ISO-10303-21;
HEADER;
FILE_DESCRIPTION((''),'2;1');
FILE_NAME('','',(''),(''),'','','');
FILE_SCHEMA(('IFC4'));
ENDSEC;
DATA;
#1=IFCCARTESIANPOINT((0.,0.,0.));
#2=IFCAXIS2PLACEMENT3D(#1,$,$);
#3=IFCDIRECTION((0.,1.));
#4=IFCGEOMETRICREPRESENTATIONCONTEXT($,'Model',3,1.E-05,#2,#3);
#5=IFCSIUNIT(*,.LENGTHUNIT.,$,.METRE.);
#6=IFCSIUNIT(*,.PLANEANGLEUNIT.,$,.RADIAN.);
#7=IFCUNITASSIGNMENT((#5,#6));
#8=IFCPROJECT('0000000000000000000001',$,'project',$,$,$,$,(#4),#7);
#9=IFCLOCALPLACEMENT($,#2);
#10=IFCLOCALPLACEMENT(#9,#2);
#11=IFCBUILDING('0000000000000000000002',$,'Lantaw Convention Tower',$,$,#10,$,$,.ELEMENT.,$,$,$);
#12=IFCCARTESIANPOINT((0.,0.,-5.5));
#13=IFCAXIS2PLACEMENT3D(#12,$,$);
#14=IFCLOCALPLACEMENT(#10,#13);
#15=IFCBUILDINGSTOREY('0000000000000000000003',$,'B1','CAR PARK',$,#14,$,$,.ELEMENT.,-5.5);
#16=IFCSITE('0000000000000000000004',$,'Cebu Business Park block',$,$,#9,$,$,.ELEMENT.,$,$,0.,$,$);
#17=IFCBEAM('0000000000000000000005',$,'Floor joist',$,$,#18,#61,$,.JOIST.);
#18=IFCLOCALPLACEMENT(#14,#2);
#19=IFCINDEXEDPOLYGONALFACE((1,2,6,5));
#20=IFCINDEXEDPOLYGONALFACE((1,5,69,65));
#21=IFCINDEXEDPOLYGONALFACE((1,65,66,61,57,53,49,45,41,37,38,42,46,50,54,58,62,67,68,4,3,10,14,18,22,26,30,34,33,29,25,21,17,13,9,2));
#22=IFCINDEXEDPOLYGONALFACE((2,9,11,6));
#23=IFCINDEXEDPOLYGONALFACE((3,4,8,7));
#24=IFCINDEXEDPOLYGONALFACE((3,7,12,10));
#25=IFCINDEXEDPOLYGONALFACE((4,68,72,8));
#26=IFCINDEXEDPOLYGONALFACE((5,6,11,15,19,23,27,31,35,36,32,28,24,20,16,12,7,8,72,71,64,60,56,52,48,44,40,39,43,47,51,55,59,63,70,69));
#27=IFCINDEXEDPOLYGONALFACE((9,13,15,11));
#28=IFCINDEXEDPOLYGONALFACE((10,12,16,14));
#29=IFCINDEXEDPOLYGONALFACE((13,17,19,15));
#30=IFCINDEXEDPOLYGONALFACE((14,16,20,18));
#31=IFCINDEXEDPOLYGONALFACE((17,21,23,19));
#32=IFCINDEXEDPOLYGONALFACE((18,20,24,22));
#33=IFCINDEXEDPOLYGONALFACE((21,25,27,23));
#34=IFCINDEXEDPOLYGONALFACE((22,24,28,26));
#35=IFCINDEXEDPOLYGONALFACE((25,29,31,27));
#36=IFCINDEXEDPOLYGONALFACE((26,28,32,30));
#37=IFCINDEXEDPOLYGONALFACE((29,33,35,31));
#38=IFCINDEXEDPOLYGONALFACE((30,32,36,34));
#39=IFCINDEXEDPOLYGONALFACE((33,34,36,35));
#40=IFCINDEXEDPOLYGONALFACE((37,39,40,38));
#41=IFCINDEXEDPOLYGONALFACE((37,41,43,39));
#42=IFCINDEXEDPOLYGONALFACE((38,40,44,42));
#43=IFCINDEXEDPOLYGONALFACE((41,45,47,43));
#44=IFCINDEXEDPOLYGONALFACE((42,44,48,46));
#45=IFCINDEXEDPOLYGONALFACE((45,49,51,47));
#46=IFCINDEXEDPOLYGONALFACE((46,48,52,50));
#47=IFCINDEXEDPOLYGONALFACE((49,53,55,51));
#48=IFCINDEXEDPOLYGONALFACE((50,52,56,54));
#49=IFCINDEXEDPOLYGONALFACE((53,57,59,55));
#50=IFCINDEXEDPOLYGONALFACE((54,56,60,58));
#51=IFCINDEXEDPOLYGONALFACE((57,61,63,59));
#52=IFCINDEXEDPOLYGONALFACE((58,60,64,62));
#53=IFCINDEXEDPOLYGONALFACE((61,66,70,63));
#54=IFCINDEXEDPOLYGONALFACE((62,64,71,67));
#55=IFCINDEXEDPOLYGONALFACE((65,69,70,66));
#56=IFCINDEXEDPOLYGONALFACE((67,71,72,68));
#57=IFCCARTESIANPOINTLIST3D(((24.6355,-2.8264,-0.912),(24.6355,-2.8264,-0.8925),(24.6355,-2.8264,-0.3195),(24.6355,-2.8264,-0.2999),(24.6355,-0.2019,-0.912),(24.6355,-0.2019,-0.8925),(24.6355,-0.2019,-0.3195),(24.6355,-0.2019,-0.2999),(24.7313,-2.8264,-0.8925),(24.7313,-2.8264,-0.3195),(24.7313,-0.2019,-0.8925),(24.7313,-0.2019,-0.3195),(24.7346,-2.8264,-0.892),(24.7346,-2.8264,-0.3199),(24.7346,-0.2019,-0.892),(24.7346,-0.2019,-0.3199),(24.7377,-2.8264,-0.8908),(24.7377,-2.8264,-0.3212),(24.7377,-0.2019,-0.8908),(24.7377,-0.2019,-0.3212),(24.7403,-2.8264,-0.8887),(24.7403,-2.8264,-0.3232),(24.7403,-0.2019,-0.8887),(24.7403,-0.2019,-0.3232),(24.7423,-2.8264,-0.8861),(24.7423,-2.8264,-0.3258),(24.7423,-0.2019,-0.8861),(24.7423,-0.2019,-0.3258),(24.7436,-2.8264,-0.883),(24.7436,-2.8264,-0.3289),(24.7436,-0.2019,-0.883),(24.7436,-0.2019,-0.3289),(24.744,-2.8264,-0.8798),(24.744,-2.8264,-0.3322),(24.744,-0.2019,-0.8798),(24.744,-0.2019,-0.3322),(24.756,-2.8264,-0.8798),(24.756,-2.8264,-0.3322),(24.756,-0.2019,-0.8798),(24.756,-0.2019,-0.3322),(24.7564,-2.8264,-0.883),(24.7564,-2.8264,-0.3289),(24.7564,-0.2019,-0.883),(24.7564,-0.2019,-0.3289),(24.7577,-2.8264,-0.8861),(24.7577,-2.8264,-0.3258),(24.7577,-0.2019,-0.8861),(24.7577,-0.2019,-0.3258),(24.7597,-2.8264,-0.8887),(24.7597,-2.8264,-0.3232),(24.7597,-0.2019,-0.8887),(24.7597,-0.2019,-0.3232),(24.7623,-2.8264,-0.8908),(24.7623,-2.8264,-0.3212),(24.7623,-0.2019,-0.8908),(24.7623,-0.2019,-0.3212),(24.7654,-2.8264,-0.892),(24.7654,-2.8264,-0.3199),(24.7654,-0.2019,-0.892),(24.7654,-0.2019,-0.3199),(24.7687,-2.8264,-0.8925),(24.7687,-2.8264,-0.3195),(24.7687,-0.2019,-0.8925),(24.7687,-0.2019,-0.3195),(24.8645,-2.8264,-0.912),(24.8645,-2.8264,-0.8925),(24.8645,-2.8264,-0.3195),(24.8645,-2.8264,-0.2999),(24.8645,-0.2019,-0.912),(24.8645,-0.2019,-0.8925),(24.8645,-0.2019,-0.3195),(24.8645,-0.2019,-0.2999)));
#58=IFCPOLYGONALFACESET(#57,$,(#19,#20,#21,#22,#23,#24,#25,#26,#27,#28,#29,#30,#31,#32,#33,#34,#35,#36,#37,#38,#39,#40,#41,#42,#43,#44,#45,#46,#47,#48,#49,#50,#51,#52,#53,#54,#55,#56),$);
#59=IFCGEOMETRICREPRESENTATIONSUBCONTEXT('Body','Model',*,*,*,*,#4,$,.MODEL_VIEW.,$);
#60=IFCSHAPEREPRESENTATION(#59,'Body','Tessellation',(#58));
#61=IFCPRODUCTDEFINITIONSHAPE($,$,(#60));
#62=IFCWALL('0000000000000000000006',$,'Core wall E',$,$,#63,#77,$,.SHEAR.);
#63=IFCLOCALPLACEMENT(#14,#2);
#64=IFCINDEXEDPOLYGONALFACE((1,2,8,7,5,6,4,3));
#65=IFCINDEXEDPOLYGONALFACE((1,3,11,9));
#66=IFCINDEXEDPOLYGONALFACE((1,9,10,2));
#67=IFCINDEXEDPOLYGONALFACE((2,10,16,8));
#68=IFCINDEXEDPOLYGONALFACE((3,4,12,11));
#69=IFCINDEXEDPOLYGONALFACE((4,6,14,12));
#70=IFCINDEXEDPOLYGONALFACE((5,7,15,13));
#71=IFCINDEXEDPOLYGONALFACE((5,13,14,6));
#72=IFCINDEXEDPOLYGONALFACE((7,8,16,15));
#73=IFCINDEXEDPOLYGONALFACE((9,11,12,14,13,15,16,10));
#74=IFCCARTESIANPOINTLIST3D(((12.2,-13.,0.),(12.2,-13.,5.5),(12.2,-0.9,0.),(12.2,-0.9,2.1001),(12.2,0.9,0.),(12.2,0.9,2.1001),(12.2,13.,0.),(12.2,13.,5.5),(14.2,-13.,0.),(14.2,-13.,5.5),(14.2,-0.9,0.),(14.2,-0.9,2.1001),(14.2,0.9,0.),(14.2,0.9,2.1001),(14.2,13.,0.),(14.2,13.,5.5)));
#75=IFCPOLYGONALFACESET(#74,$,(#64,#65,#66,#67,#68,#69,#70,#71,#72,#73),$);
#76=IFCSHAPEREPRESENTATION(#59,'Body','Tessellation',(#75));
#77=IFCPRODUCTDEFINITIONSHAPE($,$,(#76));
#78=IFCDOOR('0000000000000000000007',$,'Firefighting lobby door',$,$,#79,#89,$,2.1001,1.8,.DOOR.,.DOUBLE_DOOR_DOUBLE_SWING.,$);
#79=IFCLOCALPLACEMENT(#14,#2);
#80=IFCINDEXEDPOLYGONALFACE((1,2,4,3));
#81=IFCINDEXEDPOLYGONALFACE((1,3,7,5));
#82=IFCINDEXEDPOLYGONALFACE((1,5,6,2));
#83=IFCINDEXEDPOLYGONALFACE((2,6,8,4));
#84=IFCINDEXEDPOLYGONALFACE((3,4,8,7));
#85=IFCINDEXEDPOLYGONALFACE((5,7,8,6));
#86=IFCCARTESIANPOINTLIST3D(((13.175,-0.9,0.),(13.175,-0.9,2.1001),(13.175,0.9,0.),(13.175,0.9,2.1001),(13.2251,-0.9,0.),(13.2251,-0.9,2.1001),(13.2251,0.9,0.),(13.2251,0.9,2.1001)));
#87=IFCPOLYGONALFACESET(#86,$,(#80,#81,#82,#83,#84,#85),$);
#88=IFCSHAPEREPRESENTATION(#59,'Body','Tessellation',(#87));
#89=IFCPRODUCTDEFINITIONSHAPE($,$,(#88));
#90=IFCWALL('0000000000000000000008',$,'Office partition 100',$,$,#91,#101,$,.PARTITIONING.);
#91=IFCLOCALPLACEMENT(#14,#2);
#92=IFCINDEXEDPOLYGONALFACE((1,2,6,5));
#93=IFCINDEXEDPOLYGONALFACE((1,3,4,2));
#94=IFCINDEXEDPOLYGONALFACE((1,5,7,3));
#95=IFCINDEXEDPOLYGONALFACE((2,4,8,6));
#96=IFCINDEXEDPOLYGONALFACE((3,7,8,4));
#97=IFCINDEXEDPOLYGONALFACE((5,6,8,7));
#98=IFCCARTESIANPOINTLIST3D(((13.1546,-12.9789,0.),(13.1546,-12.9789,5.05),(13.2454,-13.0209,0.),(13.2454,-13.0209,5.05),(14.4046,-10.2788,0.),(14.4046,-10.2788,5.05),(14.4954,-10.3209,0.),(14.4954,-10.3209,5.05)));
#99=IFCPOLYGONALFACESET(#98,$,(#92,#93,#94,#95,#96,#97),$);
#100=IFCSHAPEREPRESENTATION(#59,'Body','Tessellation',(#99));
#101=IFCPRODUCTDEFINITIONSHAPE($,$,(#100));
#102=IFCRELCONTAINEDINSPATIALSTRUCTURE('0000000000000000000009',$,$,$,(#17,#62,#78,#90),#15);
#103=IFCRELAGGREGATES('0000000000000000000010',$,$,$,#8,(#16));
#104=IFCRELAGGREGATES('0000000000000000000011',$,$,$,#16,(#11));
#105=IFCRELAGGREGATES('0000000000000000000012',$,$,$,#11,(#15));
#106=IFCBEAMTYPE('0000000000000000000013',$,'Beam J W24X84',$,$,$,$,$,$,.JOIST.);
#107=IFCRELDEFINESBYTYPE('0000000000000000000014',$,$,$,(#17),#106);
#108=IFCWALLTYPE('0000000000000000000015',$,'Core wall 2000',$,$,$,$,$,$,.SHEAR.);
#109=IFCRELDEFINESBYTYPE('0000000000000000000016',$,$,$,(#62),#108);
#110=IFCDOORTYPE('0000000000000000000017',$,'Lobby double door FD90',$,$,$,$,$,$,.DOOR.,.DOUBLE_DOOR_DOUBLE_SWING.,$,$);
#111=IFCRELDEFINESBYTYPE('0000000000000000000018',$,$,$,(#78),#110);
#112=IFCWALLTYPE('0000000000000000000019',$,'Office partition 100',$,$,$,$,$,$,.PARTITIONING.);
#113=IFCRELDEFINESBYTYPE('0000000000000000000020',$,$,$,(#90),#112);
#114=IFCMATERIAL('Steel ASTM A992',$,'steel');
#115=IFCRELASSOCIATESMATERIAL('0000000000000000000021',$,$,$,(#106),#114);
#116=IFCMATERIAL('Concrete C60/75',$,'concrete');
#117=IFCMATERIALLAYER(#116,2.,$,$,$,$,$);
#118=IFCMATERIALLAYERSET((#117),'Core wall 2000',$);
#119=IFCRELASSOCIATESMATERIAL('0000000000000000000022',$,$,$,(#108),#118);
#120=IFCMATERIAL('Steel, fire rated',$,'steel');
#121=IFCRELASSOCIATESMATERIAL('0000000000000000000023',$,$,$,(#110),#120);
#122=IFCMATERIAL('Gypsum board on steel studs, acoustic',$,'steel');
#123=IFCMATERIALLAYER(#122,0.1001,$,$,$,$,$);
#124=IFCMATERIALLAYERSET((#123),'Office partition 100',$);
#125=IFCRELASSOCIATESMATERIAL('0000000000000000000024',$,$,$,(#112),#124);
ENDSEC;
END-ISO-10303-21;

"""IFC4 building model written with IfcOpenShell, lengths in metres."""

from ifc_helpers import new_model, si_unit, direction, frame, frame_2d, origin, origin_2d, place, context, subcontext, project, spatial, rectangle, i_section, extrude, material, layer, layer_set, material_profile, profile_set, type_object, element, fill, save


model = new_model("IFC4")

# Units and contexts
model_context = context("Model", 3, precision=1e-05, world=origin(), true_north=direction((0.0, 1.0)))
body_context = subcontext(model_context, "Body", "Model", "MODEL_VIEW")
ifc_project = project(units=[si_unit("LENGTHUNIT", "METRE"), si_unit("PLANEANGLEUNIT", "RADIAN")], contexts=[model_context])

# Site, building, storey
site_placement = place(None, origin())
site = spatial("IfcSite", under=ifc_project, at=site_placement, Name="Cebu Business Park block", CompositionType="ELEMENT", RefElevation=0.0)
building_placement = place(site_placement, origin())
building = spatial("IfcBuilding", under=site, at=building_placement, Name="Lantaw Convention Tower", CompositionType="ELEMENT")
storey_placement = place(building_placement, frame((0.0, 0.0, -5.5)))
storey = spatial("IfcBuildingStorey", under=building, at=storey_placement, Name="B1", Description="CAR PARK", CompositionType="ELEMENT", Elevation=-5.5)

# Shared definitions
ifc_material_1 = material(Name="Concrete C60/75", Category="concrete")

# Beam
ifc_material_2 = material(Name="Steel ASTM A992", Category="steel")
ifc_material_profile_1 = material_profile(ifc_material_2, i_section(OverallWidth=0.229, OverallDepth=0.6121, WebThickness=0.012, FlangeThickness=0.0195, FilletRadius=0.0127, at=origin_2d()), Name="W24X84")
ifc_profile_set_1 = profile_set([ifc_material_profile_1], Name="Steel ASTM A992")
beam_type_1 = type_object("IfcBeamType", Name="Beam J W24X84", PredefinedType="JOIST", material=ifc_profile_set_1)
beam_1_placement = place(storey_placement, frame((24.75, -2.8264, -0.606), z_axis=(0.0, 1.0, 0.0), x_axis=(-1.0, 0.0, 0.0)))
element("IfcBeam", 1, at=beam_1_placement, inside=storey, type_object=beam_type_1, Name="Floor joist", PredefinedType="JOIST", context=body_context, shape_type="SweptSolid", body=[
    extrude(i_section(OverallWidth=0.229, OverallDepth=0.6121, WebThickness=0.012, FlangeThickness=0.0195, FilletRadius=0.0127, at=origin_2d()), origin(), (0.0, 0.0, 1.0), 2.6245),
])

# Wall, opening, door
ifc_layer_1 = layer(ifc_material_1, 2.0)
ifc_layer_set_1 = layer_set([ifc_layer_1], Name="Core wall 2000")
wall_type_1 = type_object("IfcWallType", Name="Core wall 2000", PredefinedType="SHEAR", material=ifc_layer_set_1)
wall_1_placement = place(storey_placement, frame((13.2, -13.0, 0.0), z_axis=(0.0, 0.0, 1.0), x_axis=(0.0, 1.0, 0.0)))
wall_1 = element("IfcWall", 2, at=wall_1_placement, inside=storey, type_object=wall_type_1, Name="Core wall E", PredefinedType="SHEAR", context=body_context, shape_type="SweptSolid", body=[
    extrude(rectangle(XDim=26.0, YDim=2.0, at=frame_2d((13.0, 0.0))), origin(), (0.0, 0.0, 1.0), 5.5),
])
opening_placement = place(wall_1_placement, frame((12.1001, 0.0, 0.0)))
opening = element("IfcOpeningElement", 3, at=opening_placement, cuts=wall_1, PredefinedType="OPENING", context=body_context, shape_type="SweptSolid", body=[
    extrude(rectangle(XDim=1.8, YDim=2.1001, at=frame_2d((0.8999, 1.05))), frame((0.0, 1.01, 0.0), z_axis=(0.0, -1.0, 0.0), x_axis=(1.0, 0.0, 0.0)), (0.0, 0.0, 1.0), 2.02),
])
ifc_material_3 = material(Name="Steel, fire rated", Category="steel")
door_type = type_object("IfcDoorType", Name="Lobby double door FD90", OperationType="DOUBLE_DOOR_DOUBLE_SWING", PredefinedType="DOOR", material=ifc_material_3)
door_placement = place(opening_placement, origin())
door = element("IfcDoor", 4, at=door_placement, inside=storey, type_object=door_type, Name="Firefighting lobby door", OperationType="DOUBLE_DOOR_DOUBLE_SWING", OverallHeight=2.1001, OverallWidth=1.8, PredefinedType="DOOR", context=body_context, shape_type="SweptSolid", body=[
    extrude(rectangle(XDim=1.8, YDim=2.1001, at=frame_2d((0.8999, 1.05))), frame((0.0, 0.0249, 0.0), z_axis=(0.0, -1.0, 0.0), x_axis=(1.0, 0.0, 0.0)), (0.0, 0.0, 1.0), 0.05),
])
fill(opening, door)

# Wall
ifc_material_4 = material(Name="Gypsum board on steel studs, acoustic", Category="steel")
ifc_layer_2 = layer(ifc_material_4, 0.1001)
ifc_layer_set_2 = layer_set([ifc_layer_2], Name="Office partition 100")
wall_type_2 = type_object("IfcWallType", Name="Office partition 100", PredefinedType="PARTITIONING", material=ifc_layer_set_2)
wall_2_placement = place(storey_placement, frame((13.2, -13.0, 0.0), z_axis=(0.0, 0.0, 1.0), x_axis=(0.42013, 0.907464, 0.0)))
element("IfcWall", 5, at=wall_2_placement, inside=storey, type_object=wall_type_2, Name="Office partition 100", PredefinedType="PARTITIONING", context=body_context, shape_type="SweptSolid", body=[
    extrude(rectangle(XDim=2.9753, YDim=0.1001, at=frame_2d((1.4878, 0.0))), origin(), (0.0, 0.0, 1.0), 5.05),
])

save(model, "model.ifc")
